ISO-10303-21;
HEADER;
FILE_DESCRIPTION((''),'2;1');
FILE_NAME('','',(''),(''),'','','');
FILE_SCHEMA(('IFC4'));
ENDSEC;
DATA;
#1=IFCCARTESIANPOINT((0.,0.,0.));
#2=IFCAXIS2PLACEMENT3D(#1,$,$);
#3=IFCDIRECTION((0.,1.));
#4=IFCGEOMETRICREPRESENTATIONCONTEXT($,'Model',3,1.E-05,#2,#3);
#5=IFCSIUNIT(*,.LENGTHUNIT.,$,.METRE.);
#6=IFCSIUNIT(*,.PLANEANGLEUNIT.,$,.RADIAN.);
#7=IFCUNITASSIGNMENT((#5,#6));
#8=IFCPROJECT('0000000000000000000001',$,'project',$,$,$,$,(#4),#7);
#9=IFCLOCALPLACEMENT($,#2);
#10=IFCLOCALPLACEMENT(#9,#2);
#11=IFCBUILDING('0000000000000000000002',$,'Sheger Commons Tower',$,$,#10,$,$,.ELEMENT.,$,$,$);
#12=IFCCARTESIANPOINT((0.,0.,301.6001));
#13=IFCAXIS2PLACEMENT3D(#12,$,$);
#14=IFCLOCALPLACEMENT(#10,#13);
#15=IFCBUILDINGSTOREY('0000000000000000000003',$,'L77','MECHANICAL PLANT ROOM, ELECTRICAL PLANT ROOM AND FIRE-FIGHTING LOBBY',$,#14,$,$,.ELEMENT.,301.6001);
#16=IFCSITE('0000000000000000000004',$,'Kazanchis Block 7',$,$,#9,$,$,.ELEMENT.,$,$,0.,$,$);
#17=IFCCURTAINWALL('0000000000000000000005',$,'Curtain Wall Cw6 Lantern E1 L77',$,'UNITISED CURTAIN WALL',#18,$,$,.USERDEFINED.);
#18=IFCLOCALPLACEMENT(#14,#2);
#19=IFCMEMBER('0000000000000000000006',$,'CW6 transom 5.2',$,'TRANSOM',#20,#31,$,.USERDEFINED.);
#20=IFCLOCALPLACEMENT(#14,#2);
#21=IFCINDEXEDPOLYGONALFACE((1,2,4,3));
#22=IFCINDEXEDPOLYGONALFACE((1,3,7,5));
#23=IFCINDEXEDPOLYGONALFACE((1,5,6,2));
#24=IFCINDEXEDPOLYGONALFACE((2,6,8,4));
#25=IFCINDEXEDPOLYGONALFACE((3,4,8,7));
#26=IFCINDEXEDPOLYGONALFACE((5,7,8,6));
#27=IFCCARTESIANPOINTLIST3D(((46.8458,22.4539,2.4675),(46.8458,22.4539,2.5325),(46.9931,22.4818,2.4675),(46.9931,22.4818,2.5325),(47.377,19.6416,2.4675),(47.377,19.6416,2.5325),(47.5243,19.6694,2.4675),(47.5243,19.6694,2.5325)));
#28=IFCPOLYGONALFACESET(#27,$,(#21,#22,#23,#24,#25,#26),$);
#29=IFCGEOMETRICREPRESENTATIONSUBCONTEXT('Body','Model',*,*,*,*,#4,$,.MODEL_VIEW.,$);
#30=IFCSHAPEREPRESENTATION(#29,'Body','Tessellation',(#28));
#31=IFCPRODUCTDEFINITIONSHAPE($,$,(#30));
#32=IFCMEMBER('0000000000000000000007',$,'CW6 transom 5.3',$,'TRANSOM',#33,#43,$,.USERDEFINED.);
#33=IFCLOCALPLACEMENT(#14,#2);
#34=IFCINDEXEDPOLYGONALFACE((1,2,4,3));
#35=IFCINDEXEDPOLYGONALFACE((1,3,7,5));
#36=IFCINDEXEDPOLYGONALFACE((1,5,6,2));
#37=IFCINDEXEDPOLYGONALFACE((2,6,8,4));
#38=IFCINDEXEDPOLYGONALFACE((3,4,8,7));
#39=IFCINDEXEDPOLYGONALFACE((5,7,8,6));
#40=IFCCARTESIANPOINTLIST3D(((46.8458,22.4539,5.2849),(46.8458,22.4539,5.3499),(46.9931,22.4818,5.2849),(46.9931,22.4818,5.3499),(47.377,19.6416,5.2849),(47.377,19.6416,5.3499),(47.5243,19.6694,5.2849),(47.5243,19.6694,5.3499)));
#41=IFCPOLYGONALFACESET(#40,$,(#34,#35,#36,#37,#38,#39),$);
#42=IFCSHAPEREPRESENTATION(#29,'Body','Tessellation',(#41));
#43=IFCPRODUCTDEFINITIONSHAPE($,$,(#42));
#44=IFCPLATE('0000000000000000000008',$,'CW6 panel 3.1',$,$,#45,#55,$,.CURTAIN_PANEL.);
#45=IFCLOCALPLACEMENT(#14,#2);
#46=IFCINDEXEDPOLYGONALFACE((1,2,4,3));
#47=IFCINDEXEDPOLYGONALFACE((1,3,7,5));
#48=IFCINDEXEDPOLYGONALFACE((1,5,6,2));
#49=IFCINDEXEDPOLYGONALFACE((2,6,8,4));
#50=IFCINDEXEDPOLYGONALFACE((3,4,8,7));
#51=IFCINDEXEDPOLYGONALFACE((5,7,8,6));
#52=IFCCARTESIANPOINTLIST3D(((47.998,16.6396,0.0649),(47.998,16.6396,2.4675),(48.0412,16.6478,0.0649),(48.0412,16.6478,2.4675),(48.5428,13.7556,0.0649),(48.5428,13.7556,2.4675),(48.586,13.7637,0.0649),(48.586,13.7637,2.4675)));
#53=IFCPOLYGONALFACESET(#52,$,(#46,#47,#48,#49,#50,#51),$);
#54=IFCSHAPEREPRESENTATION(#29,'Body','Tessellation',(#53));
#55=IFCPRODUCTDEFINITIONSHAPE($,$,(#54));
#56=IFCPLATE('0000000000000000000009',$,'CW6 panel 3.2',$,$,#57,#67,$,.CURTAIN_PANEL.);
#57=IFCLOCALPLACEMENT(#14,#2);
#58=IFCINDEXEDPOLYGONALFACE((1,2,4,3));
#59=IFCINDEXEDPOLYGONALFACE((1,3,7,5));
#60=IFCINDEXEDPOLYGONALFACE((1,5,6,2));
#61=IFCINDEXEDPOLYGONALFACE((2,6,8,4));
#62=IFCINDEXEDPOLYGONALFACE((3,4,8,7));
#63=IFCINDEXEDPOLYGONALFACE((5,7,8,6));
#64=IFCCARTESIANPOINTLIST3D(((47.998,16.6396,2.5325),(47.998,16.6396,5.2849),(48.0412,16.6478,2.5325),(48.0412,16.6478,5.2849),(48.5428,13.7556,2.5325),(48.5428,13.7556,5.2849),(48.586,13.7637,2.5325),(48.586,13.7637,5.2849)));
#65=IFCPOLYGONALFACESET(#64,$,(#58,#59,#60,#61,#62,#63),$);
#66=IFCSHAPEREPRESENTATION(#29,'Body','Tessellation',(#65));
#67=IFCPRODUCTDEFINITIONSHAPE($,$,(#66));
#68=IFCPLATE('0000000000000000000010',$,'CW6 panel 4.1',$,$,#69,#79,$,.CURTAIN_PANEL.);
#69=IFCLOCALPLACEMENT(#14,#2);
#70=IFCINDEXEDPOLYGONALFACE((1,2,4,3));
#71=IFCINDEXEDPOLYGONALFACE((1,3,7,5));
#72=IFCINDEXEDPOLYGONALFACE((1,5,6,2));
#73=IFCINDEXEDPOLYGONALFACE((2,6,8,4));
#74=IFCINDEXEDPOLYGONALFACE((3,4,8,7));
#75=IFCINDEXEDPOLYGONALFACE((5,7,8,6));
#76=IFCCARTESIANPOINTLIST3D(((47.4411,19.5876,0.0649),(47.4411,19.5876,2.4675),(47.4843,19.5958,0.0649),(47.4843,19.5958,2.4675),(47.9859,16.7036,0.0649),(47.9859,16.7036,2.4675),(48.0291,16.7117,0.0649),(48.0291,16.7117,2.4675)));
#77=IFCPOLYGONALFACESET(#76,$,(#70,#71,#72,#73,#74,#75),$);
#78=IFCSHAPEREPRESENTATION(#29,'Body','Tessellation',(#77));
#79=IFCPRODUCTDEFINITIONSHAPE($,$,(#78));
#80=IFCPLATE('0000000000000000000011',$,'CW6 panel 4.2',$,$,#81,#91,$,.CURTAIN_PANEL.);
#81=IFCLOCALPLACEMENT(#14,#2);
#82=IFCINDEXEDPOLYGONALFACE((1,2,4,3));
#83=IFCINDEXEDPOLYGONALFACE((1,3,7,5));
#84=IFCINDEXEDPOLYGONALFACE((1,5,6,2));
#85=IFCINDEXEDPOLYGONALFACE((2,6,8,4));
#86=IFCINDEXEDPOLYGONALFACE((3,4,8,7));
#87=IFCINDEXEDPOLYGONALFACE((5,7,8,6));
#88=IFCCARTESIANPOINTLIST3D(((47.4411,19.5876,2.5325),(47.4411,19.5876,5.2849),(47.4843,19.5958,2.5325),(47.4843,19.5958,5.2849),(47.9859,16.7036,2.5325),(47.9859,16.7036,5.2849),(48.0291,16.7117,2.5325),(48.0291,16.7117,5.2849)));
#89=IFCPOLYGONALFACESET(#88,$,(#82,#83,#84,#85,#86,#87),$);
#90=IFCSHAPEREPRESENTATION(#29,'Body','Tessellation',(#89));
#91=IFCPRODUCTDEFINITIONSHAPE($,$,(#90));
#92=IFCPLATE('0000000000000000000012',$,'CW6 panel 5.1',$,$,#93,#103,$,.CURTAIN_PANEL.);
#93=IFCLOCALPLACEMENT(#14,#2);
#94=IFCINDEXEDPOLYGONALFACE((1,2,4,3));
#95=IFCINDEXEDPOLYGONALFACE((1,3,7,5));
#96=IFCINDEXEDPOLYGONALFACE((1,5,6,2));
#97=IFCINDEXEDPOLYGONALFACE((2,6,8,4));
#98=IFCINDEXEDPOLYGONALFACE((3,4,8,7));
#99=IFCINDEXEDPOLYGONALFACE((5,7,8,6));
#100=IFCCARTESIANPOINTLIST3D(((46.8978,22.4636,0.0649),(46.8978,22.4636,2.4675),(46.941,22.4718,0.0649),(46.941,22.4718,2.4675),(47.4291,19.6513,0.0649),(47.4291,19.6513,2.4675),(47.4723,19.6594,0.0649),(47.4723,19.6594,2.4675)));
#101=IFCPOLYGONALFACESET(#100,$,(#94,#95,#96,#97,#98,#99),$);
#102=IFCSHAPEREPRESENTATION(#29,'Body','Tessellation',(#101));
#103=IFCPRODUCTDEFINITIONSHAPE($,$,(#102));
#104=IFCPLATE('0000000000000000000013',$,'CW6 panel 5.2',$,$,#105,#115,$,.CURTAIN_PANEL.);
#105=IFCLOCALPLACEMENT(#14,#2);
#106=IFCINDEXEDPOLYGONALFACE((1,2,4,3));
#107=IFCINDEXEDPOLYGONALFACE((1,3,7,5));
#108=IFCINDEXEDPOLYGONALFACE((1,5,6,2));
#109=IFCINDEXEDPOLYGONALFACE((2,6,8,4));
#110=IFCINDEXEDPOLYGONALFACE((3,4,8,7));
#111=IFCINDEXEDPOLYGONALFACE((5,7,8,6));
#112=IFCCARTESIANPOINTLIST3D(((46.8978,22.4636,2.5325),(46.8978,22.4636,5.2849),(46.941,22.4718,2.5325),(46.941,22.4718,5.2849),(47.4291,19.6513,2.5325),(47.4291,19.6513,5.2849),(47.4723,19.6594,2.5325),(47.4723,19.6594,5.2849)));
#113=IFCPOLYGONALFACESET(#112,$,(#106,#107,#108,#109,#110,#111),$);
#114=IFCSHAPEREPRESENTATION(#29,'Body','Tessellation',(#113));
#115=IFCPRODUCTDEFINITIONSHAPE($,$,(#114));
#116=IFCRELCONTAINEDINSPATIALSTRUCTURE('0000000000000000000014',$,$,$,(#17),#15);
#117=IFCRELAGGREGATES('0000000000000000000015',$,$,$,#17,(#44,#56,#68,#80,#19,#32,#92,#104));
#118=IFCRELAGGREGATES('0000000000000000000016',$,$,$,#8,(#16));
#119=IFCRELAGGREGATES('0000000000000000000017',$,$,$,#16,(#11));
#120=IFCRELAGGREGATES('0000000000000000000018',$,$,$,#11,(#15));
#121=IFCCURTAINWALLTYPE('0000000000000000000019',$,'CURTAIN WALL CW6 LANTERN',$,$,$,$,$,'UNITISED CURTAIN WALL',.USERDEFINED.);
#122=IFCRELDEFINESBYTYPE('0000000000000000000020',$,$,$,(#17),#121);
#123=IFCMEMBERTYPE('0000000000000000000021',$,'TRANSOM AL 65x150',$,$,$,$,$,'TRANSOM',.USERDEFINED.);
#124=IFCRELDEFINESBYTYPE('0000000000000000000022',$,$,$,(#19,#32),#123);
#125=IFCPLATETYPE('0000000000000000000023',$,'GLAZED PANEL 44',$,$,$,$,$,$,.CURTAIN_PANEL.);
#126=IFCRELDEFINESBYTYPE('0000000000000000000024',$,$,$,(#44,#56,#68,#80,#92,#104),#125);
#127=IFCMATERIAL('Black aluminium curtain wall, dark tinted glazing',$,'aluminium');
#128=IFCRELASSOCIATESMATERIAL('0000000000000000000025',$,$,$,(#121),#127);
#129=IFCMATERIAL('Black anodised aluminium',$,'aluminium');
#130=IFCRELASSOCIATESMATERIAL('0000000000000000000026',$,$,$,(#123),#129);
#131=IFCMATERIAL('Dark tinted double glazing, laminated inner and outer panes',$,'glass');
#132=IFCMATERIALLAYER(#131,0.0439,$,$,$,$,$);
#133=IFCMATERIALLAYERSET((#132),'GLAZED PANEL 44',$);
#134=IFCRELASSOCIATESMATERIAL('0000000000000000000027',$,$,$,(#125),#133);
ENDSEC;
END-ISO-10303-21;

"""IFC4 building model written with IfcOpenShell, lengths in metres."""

from ifc_helpers import new_model, si_unit, direction, frame, origin, origin_2d, place, context, subcontext, project, spatial, rectangle, extrude, material, layer, layer_set, material_profile, profile_set, type_object, element, aggregate, save


model = new_model("IFC4")

# Units and contexts
model_context = context("Model", 3, precision=1e-05, world=origin(), true_north=direction((0.0, 1.0)))
body_context = subcontext(model_context, "Body", "Model", "MODEL_VIEW")
ifc_project = project(units=[si_unit("LENGTHUNIT", "METRE"), si_unit("PLANEANGLEUNIT", "RADIAN")], contexts=[model_context])

# Site, building, storey
site_placement = place(None, origin())
site = spatial("IfcSite", under=ifc_project, at=site_placement, Name="Kazanchis Block 7", CompositionType="ELEMENT", RefElevation=0.0)
building_placement = place(site_placement, origin())
building = spatial("IfcBuilding", under=site, at=building_placement, Name="Sheger Commons Tower", CompositionType="ELEMENT")
storey_placement = place(building_placement, frame((0.0, 0.0, 301.6001)))
storey = spatial("IfcBuildingStorey", under=building, at=storey_placement, Name="L77", Description="MECHANICAL PLANT ROOM, ELECTRICAL PLANT ROOM AND FIRE-FIGHTING LOBBY", CompositionType="ELEMENT", Elevation=301.6001)

# Curtain wall
ifc_material_1 = material(Name="Black aluminium curtain wall, dark tinted glazing", Category="aluminium")
curtain_wall_type = type_object("IfcCurtainWallType", Name="CURTAIN WALL CW6 LANTERN", ElementType="UNITISED CURTAIN WALL", PredefinedType="USERDEFINED", material=ifc_material_1)
curtain_wall_placement = place(storey_placement, origin())
curtain_wall = element("IfcCurtainWall", 1, at=curtain_wall_placement, inside=storey, type_object=curtain_wall_type, Name="Curtain Wall Cw6 Lantern E1 L77", ObjectType="UNITISED CURTAIN WALL", PredefinedType="USERDEFINED")

# Members
ifc_material_2 = material(Name="Black anodised aluminium", Category="aluminium")
ifc_material_profile_1 = material_profile(ifc_material_2, rectangle(XDim=0.1499, YDim=0.0649, at=origin_2d()), Name="AL 65x150")
ifc_profile_set_1 = profile_set([ifc_material_profile_1], Name="Black anodised aluminium")
member_type_1 = type_object("IfcMemberType", Name="TRANSOM AL 65x150", ElementType="TRANSOM", PredefinedType="USERDEFINED", material=ifc_profile_set_1)
member_1_placement = place(storey_placement, frame((47.4507, 19.6555, 2.5), z_axis=(-0.185622, 0.982621, 0.0), x_axis=(-0.982621, -0.185622, 0.0)))
member_1 = element("IfcMember", 2, at=member_1_placement, type_object=member_type_1, Name="CW6 transom 5.2", ObjectType="TRANSOM", PredefinedType="USERDEFINED", context=body_context, shape_type="SweptSolid", body=[
    extrude(rectangle(XDim=0.1499, YDim=0.0649, at=origin_2d()), origin(), (0.0, 0.0, 1.0), 2.8621),
])
member_2_placement = place(storey_placement, frame((47.4507, 19.6555, 5.3174), z_axis=(-0.185622, 0.982621, 0.0), x_axis=(-0.982621, -0.185622, 0.0)))
member_2 = element("IfcMember", 3, at=member_2_placement, type_object=member_type_1, Name="CW6 transom 5.3", ObjectType="TRANSOM", PredefinedType="USERDEFINED", context=body_context, shape_type="SweptSolid", body=[
    extrude(rectangle(XDim=0.1499, YDim=0.0649, at=origin_2d()), origin(), (0.0, 0.0, 1.0), 2.8621),
])

# Plates
ifc_material_3 = material(Name="Dark tinted double glazing, laminated inner and outer panes", Category="glass")
ifc_layer = layer(ifc_material_3, 0.0439)
ifc_layer_set = layer_set([ifc_layer], Name="GLAZED PANEL 44")
plate_type = type_object("IfcPlateType", Name="GLAZED PANEL 44", PredefinedType="CURTAIN_PANEL", material=ifc_layer_set)
plate_1_placement = place(storey_placement, frame((48.292, 15.2017, 0.0649), z_axis=(0.0, 0.0, 1.0), x_axis=(-0.185613, 0.982623, 0.0)))
plate_1 = element("IfcPlate", 4, at=plate_1_placement, type_object=plate_type, Name="CW6 panel 3.1", PredefinedType="CURTAIN_PANEL", context=body_context, shape_type="SweptSolid", body=[
    extrude(rectangle(XDim=2.9351, YDim=0.0439, at=origin_2d()), origin(), (0.0, 0.0, 1.0), 2.4026),
])
plate_2_placement = place(storey_placement, frame((48.292, 15.2017, 2.5325), z_axis=(0.0, 0.0, 1.0), x_axis=(-0.185613, 0.982623, 0.0)))
plate_2 = element("IfcPlate", 5, at=plate_2_placement, type_object=plate_type, Name="CW6 panel 3.2", PredefinedType="CURTAIN_PANEL", context=body_context, shape_type="SweptSolid", body=[
    extrude(rectangle(XDim=2.9351, YDim=0.0439, at=origin_2d()), origin(), (0.0, 0.0, 1.0), 2.7524),
])
plate_3_placement = place(storey_placement, frame((47.7351, 18.1497, 0.0649), z_axis=(0.0, 0.0, 1.0), x_axis=(-0.185613, 0.982623, 0.0)))
plate_3 = element("IfcPlate", 6, at=plate_3_placement, type_object=plate_type, Name="CW6 panel 4.1", PredefinedType="CURTAIN_PANEL", context=body_context, shape_type="SweptSolid", body=[
    extrude(rectangle(XDim=2.9351, YDim=0.0439, at=origin_2d()), origin(), (0.0, 0.0, 1.0), 2.4026),
])
plate_4_placement = place(storey_placement, frame((47.7351, 18.1497, 2.5325), z_axis=(0.0, 0.0, 1.0), x_axis=(-0.185613, 0.982623, 0.0)))
plate_4 = element("IfcPlate", 7, at=plate_4_placement, type_object=plate_type, Name="CW6 panel 4.2", PredefinedType="CURTAIN_PANEL", context=body_context, shape_type="SweptSolid", body=[
    extrude(rectangle(XDim=2.9351, YDim=0.0439, at=origin_2d()), origin(), (0.0, 0.0, 1.0), 2.7524),
])
plate_5_placement = place(storey_placement, frame((47.1851, 21.0615, 0.0649), z_axis=(0.0, 0.0, 1.0), x_axis=(-0.185613, 0.982623, 0.0)))
plate_5 = element("IfcPlate", 8, at=plate_5_placement, type_object=plate_type, Name="CW6 panel 5.1", PredefinedType="CURTAIN_PANEL", context=body_context, shape_type="SweptSolid", body=[
    extrude(rectangle(XDim=2.8621, YDim=0.0439, at=origin_2d()), origin(), (0.0, 0.0, 1.0), 2.4026),
])
plate_6_placement = place(storey_placement, frame((47.1851, 21.0615, 2.5325), z_axis=(0.0, 0.0, 1.0), x_axis=(-0.185613, 0.982623, 0.0)))
plate_6 = element("IfcPlate", 9, at=plate_6_placement, type_object=plate_type, Name="CW6 panel 5.2", PredefinedType="CURTAIN_PANEL", context=body_context, shape_type="SweptSolid", body=[
    extrude(rectangle(XDim=2.8621, YDim=0.0439, at=origin_2d()), origin(), (0.0, 0.0, 1.0), 2.7524),
])
aggregate(curtain_wall, [plate_1, plate_2, plate_3, plate_4, member_1, member_2, plate_5, plate_6])

save(model, "model.ifc")
